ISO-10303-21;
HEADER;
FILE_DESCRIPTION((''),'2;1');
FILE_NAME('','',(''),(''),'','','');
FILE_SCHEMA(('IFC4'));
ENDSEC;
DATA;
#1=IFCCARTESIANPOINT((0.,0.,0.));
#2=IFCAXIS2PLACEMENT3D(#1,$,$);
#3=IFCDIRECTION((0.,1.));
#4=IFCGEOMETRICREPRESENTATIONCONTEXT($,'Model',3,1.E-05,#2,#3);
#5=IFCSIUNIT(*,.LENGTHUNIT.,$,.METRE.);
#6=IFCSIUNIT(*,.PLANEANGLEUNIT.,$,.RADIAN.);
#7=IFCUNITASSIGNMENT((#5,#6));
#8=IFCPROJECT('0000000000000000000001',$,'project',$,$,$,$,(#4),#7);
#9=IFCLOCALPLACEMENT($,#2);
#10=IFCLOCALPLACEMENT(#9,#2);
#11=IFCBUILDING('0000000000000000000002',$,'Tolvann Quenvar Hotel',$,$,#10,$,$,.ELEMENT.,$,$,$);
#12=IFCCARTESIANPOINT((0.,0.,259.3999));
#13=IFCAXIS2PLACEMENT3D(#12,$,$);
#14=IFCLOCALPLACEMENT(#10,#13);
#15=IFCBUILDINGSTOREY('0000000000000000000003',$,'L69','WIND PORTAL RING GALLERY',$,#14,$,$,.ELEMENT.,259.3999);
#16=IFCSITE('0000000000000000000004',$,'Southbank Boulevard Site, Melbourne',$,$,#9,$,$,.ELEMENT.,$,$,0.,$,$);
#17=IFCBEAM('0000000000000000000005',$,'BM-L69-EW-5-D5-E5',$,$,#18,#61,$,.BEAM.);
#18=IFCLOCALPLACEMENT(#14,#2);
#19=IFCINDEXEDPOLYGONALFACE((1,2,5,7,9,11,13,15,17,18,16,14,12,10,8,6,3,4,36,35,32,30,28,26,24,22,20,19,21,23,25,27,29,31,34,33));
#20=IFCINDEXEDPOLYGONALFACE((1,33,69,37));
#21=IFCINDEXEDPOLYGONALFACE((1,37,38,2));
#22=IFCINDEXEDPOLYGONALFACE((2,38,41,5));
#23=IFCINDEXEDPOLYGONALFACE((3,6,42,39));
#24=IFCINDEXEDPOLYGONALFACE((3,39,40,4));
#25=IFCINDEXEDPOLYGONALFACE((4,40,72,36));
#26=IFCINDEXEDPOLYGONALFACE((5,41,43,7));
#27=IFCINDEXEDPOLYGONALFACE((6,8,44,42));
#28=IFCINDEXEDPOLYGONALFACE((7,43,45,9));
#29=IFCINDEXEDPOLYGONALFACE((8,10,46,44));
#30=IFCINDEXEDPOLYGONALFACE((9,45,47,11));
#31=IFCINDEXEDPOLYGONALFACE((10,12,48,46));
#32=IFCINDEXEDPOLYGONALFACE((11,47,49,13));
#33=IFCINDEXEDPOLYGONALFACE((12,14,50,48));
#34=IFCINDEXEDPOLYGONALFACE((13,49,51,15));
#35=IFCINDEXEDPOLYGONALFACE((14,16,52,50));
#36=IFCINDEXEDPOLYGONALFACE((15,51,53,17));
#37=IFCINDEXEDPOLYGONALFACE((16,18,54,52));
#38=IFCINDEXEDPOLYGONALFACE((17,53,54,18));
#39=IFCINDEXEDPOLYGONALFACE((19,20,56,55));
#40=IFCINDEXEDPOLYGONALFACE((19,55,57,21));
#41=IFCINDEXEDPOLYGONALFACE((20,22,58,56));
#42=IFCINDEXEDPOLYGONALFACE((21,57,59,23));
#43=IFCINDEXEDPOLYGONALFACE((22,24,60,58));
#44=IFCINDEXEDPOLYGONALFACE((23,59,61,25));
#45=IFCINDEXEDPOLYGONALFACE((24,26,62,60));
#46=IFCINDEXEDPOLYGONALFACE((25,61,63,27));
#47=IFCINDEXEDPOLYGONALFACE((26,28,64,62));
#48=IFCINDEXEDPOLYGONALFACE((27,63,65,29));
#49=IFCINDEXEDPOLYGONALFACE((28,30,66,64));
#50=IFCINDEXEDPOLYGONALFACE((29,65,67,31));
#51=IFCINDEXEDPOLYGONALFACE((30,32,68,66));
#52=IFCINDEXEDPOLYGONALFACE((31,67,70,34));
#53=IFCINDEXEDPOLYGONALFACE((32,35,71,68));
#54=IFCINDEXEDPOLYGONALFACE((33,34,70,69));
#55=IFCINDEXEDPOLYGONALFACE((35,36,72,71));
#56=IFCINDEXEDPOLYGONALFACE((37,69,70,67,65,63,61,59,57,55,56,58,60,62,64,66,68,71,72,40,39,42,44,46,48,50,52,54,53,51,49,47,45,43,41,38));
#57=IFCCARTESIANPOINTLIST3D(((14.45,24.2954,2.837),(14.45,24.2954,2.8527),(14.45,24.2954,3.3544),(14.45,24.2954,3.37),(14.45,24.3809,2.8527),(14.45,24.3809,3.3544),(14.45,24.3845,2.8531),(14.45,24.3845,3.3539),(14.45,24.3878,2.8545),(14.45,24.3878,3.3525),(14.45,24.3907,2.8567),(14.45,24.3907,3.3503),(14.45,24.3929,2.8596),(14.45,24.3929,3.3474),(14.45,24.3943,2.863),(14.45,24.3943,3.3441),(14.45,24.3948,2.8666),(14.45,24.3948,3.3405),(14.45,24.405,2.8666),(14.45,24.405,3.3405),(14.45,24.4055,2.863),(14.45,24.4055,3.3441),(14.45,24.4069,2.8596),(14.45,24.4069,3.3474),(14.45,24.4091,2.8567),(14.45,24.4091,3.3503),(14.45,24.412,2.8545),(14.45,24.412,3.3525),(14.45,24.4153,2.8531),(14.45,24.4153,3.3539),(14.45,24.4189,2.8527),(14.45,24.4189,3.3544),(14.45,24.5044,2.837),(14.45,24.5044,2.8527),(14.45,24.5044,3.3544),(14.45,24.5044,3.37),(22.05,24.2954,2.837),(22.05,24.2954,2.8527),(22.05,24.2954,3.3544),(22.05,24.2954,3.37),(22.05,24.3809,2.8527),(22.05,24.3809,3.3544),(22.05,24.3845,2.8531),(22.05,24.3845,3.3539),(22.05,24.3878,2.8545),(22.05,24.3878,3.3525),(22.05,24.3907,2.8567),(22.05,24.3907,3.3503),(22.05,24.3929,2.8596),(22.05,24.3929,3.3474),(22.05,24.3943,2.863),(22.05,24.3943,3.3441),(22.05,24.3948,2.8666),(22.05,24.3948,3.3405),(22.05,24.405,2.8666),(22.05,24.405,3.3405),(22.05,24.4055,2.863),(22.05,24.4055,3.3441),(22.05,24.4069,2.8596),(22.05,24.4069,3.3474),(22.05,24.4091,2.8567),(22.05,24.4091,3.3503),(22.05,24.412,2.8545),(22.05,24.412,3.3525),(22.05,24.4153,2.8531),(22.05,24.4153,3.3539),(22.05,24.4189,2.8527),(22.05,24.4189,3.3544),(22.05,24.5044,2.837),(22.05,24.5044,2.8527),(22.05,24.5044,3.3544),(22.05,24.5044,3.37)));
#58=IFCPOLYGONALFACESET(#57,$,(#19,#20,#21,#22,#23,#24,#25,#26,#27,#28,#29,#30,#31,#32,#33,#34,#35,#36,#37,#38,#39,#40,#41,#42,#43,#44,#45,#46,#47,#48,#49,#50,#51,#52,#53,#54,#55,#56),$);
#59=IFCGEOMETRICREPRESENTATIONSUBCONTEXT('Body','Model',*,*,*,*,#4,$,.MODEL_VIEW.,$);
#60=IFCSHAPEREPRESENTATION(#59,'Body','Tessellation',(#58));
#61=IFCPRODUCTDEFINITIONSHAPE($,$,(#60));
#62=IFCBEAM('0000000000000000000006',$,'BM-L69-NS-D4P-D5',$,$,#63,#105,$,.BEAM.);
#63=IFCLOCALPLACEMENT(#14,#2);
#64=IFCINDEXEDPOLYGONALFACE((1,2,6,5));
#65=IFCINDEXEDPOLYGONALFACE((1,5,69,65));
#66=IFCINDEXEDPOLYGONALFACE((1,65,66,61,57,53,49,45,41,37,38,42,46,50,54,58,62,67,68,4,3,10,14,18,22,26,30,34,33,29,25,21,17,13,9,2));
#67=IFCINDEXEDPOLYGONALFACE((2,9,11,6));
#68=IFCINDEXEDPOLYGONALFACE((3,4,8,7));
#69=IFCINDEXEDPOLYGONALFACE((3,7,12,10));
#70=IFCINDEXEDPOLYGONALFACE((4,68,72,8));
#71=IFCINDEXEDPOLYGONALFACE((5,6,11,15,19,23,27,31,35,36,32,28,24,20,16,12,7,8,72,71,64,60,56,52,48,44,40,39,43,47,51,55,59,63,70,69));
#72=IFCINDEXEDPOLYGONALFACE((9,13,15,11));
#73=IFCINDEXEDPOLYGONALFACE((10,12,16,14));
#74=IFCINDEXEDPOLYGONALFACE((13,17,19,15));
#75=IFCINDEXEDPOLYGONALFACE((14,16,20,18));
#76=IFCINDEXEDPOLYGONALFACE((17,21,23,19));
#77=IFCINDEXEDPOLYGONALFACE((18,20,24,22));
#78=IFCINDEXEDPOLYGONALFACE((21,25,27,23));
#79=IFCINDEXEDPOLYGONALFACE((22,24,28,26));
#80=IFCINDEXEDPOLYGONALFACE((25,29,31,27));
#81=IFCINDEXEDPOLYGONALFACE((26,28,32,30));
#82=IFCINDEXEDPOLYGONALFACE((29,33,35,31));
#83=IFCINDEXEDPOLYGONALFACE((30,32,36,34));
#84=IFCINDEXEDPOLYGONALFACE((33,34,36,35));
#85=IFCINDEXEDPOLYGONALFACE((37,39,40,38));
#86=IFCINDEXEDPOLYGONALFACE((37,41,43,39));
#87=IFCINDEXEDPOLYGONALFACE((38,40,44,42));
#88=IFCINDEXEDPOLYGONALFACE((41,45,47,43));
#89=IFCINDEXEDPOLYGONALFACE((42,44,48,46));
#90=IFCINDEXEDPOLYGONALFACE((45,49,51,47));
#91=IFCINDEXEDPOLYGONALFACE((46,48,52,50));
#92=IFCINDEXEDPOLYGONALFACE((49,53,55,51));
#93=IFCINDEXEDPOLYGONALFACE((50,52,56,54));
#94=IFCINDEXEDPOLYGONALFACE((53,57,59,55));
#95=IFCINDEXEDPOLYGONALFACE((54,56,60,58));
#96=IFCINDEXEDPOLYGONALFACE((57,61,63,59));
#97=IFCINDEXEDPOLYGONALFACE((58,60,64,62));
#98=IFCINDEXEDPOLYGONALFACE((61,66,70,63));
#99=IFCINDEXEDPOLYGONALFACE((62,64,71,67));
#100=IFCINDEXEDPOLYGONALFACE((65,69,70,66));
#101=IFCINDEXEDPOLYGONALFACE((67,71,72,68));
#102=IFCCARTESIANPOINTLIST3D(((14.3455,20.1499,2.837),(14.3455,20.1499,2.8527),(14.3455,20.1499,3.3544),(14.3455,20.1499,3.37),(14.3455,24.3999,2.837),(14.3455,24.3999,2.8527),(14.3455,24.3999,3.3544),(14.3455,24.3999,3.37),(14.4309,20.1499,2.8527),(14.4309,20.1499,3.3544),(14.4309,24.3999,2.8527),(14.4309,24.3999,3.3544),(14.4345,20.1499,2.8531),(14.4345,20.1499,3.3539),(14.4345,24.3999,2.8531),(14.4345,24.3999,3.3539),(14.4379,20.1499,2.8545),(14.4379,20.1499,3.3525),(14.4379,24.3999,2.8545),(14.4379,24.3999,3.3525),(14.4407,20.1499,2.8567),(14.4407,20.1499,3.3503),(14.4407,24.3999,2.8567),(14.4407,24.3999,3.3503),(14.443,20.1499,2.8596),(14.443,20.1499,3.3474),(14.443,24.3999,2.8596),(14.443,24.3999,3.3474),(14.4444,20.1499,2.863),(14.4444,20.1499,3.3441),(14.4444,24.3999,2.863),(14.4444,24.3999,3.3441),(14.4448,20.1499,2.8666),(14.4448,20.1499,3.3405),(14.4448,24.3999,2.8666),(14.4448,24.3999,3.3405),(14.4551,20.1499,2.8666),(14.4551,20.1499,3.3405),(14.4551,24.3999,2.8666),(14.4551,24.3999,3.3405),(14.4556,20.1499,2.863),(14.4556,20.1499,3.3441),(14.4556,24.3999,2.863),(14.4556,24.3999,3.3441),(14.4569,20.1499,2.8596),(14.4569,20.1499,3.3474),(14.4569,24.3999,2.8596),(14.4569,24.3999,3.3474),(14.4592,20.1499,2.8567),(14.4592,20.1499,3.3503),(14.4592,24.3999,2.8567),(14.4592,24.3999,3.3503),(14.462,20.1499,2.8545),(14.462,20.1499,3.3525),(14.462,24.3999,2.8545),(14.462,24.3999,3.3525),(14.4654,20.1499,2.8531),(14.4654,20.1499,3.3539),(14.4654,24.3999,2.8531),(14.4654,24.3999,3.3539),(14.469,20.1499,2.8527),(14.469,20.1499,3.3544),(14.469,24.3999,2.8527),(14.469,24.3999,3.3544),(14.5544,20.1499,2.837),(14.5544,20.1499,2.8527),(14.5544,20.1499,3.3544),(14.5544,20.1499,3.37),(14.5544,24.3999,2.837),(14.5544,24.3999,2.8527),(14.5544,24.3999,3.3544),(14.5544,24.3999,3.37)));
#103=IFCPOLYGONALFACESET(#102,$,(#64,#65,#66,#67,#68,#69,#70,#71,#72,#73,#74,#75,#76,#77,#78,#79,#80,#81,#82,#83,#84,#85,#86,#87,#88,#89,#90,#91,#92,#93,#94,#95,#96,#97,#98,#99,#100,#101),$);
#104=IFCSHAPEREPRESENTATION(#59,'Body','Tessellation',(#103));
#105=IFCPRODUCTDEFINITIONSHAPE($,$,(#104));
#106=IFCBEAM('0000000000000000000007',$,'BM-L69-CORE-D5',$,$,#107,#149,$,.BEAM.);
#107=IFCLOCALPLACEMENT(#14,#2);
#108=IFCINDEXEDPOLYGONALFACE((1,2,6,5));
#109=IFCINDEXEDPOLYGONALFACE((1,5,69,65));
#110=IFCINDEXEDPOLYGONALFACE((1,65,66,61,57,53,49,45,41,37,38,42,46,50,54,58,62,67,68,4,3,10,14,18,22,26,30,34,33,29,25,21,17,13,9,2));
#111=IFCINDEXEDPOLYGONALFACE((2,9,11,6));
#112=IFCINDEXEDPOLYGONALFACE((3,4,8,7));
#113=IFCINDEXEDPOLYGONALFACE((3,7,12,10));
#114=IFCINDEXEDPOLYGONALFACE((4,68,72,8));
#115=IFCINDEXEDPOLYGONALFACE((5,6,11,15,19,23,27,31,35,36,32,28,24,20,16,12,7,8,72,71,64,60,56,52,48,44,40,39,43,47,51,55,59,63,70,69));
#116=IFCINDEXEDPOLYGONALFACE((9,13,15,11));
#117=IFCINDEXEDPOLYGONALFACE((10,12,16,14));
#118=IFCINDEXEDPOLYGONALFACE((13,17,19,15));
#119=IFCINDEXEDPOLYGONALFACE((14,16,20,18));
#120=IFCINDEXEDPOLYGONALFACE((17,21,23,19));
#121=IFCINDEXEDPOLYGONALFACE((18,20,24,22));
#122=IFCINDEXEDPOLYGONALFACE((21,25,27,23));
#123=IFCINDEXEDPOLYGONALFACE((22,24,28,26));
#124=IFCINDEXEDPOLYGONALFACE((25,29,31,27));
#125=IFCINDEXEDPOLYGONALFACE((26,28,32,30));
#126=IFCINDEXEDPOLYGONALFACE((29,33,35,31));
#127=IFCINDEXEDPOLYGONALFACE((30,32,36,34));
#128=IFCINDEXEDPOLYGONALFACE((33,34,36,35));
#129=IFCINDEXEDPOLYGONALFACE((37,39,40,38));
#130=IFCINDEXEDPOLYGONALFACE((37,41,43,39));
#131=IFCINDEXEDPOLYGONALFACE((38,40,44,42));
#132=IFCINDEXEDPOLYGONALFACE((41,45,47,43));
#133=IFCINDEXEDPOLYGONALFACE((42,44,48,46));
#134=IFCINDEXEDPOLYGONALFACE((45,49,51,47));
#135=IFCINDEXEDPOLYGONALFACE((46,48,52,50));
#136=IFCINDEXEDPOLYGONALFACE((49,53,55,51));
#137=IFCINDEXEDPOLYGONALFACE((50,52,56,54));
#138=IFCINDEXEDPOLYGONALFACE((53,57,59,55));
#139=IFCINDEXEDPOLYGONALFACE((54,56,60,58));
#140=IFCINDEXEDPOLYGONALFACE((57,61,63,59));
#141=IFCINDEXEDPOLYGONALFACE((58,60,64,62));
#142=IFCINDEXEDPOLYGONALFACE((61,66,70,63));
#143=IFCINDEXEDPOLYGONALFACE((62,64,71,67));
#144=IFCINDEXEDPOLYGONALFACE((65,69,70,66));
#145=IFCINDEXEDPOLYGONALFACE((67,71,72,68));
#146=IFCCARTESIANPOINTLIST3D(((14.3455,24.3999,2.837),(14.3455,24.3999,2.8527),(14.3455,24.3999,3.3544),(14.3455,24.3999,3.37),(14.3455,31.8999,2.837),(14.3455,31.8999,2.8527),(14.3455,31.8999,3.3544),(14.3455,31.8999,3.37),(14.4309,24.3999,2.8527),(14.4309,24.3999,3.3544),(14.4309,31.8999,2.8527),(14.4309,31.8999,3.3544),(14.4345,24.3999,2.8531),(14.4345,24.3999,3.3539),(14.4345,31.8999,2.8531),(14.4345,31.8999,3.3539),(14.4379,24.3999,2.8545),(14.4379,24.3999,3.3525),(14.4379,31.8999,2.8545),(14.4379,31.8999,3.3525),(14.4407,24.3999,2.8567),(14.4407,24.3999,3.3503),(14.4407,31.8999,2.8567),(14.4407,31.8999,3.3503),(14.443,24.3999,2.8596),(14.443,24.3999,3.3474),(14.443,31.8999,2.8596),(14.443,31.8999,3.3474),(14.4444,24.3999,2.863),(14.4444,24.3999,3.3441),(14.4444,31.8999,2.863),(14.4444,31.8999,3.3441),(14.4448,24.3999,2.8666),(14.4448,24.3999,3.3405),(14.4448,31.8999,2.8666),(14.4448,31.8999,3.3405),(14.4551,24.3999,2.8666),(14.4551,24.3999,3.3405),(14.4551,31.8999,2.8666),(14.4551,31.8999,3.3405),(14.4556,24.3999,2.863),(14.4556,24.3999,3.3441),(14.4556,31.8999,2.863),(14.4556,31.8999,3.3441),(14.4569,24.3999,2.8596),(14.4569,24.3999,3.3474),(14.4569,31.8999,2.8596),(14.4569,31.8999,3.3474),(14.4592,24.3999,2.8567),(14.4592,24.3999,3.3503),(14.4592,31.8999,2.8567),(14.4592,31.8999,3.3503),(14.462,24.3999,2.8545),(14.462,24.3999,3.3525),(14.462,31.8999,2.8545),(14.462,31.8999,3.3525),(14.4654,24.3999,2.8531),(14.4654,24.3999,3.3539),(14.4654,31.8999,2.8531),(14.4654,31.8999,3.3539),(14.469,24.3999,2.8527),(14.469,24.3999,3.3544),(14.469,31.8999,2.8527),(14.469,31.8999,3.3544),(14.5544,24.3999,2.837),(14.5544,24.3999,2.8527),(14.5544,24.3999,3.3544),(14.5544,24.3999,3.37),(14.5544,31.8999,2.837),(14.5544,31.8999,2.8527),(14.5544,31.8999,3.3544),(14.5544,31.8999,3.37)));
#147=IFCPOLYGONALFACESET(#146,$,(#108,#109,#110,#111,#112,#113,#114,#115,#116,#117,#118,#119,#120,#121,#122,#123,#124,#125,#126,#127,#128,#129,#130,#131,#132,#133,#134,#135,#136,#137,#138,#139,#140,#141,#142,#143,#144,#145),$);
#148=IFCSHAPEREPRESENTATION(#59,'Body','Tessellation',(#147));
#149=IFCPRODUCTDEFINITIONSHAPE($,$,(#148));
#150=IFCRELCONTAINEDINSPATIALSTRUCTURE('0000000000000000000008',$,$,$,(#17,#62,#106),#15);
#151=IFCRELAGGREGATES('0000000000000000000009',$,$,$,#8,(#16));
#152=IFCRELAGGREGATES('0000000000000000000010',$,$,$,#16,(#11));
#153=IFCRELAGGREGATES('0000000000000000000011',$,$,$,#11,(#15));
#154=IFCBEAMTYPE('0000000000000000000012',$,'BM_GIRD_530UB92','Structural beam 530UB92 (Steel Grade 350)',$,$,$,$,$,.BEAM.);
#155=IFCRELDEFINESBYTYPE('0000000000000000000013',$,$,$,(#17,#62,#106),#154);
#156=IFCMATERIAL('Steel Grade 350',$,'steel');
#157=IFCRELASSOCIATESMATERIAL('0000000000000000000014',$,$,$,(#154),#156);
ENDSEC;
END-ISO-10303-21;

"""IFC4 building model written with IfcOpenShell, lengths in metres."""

from ifc_helpers import new_model, si_unit, direction, frame, origin, origin_2d, place, context, subcontext, project, spatial, i_section, extrude, source, transform, mapped, material, material_profile, profile_set, type_object, type_shapes, element, save


model = new_model("IFC4")

# Units and contexts
model_context = context("Model", 3, precision=1e-05, world=origin(), true_north=direction((0.0, 1.0)))
body_context = subcontext(model_context, "Body", "Model", "MODEL_VIEW")
ifc_project = project(units=[si_unit("LENGTHUNIT", "METRE"), si_unit("PLANEANGLEUNIT", "RADIAN")], contexts=[model_context])

# Site, building, storey
site_placement = place(None, origin())
site = spatial("IfcSite", under=ifc_project, at=site_placement, Name="Southbank Boulevard Site, Melbourne", CompositionType="ELEMENT", RefElevation=0.0)
building_placement = place(site_placement, origin())
building = spatial("IfcBuilding", under=site, at=building_placement, Name="Tolvann Quenvar Hotel", CompositionType="ELEMENT")
storey_placement = place(building_placement, frame((0.0, 0.0, 259.3999)))
storey = spatial("IfcBuildingStorey", under=building, at=storey_placement, Name="L69", Description="WIND PORTAL RING GALLERY", CompositionType="ELEMENT", Elevation=259.3999)

# Shared definitions
ifc_material_1 = material(Name="Steel Grade 350", Category="steel")

# Beams
ifc_material_profile_1 = material_profile(ifc_material_1, i_section(OverallWidth=0.209, OverallDepth=0.533, WebThickness=0.0103, FlangeThickness=0.0156, FilletRadius=0.0139, at=origin_2d()), Name="530UB92")
ifc_profile_set_1 = profile_set([ifc_material_profile_1], Name="Steel Grade 350")
beam_type_1 = type_object("IfcBeamType", Name="BM_GIRD_530UB92", Description="Structural beam 530UB92 (Steel Grade 350)", PredefinedType="BEAM", material=ifc_profile_set_1)
shared_shape_1 = source(origin(), body_context, "Body", "SweptSolid", [
    extrude(i_section(OverallWidth=0.209, OverallDepth=0.533, WebThickness=0.0103, FlangeThickness=0.0156, FilletRadius=0.0139, at=origin_2d()), origin(), (0.0, 0.0, 1.0), 7.6001),
])
for number, where, z_axis, x_axis, name in (
    (1, (14.45, 24.3999, 3.1035), (1.0, 0.0, 0.0), (0.0, 1.0, 0.0), "BM-L69-EW-5-D5-E5"),
):
    element("IfcBeam", number, at=place(storey_placement, frame(where, z_axis=z_axis, x_axis=x_axis)), inside=storey, type_object=beam_type_1, Name=name, PredefinedType="BEAM", context=body_context, shape_type="MappedRepresentation", body=[
        mapped(shared_shape_1, transform((0.0, 0.0, 0.0), x_axis=(1.0, 0.0, 0.0), y_axis=(0.0, 1.0, 0.0), z_axis=(0.0, 0.0, 1.0), scale=1.0)),
    ])
shared_shape_2 = source(origin(), body_context, "Body", "SweptSolid", [
    extrude(i_section(OverallWidth=0.209, OverallDepth=0.533, WebThickness=0.0103, FlangeThickness=0.0156, FilletRadius=0.0139, at=origin_2d()), origin(), (0.0, 0.0, 1.0), 4.25),
])
beam_1_placement = place(storey_placement, frame((14.45, 20.1499, 3.1035), z_axis=(0.0, 1.0, 0.0), x_axis=(-1.0, 0.0, 0.0)))
element("IfcBeam", 2, at=beam_1_placement, inside=storey, type_object=beam_type_1, Name="BM-L69-NS-D4P-D5", PredefinedType="BEAM", context=body_context, shape_type="MappedRepresentation", body=[
    mapped(shared_shape_2, transform((0.0, 0.0, 0.0), x_axis=(1.0, 0.0, 0.0), y_axis=(0.0, 1.0, 0.0), z_axis=(0.0, 0.0, 1.0), scale=1.0)),
])
shared_shape_3 = source(origin(), body_context, "Body", "SweptSolid", [
    extrude(i_section(OverallWidth=0.209, OverallDepth=0.533, WebThickness=0.0103, FlangeThickness=0.0156, FilletRadius=0.0139, at=origin_2d()), origin(), (0.0, 0.0, 1.0), 7.5),
])
type_shapes(beam_type_1, [shared_shape_1, shared_shape_2, shared_shape_3])
beam_2_placement = place(storey_placement, frame((14.45, 24.3999, 3.1035), z_axis=(0.0, 1.0, 0.0), x_axis=(-1.0, 0.0, 0.0)))
element("IfcBeam", 3, at=beam_2_placement, inside=storey, type_object=beam_type_1, Name="BM-L69-CORE-D5", PredefinedType="BEAM", context=body_context, shape_type="MappedRepresentation", body=[
    mapped(shared_shape_3, transform((0.0, 0.0, 0.0), x_axis=(1.0, 0.0, 0.0), y_axis=(0.0, 1.0, 0.0), z_axis=(0.0, 0.0, 1.0), scale=1.0)),
])

save(model, "model.ifc")
